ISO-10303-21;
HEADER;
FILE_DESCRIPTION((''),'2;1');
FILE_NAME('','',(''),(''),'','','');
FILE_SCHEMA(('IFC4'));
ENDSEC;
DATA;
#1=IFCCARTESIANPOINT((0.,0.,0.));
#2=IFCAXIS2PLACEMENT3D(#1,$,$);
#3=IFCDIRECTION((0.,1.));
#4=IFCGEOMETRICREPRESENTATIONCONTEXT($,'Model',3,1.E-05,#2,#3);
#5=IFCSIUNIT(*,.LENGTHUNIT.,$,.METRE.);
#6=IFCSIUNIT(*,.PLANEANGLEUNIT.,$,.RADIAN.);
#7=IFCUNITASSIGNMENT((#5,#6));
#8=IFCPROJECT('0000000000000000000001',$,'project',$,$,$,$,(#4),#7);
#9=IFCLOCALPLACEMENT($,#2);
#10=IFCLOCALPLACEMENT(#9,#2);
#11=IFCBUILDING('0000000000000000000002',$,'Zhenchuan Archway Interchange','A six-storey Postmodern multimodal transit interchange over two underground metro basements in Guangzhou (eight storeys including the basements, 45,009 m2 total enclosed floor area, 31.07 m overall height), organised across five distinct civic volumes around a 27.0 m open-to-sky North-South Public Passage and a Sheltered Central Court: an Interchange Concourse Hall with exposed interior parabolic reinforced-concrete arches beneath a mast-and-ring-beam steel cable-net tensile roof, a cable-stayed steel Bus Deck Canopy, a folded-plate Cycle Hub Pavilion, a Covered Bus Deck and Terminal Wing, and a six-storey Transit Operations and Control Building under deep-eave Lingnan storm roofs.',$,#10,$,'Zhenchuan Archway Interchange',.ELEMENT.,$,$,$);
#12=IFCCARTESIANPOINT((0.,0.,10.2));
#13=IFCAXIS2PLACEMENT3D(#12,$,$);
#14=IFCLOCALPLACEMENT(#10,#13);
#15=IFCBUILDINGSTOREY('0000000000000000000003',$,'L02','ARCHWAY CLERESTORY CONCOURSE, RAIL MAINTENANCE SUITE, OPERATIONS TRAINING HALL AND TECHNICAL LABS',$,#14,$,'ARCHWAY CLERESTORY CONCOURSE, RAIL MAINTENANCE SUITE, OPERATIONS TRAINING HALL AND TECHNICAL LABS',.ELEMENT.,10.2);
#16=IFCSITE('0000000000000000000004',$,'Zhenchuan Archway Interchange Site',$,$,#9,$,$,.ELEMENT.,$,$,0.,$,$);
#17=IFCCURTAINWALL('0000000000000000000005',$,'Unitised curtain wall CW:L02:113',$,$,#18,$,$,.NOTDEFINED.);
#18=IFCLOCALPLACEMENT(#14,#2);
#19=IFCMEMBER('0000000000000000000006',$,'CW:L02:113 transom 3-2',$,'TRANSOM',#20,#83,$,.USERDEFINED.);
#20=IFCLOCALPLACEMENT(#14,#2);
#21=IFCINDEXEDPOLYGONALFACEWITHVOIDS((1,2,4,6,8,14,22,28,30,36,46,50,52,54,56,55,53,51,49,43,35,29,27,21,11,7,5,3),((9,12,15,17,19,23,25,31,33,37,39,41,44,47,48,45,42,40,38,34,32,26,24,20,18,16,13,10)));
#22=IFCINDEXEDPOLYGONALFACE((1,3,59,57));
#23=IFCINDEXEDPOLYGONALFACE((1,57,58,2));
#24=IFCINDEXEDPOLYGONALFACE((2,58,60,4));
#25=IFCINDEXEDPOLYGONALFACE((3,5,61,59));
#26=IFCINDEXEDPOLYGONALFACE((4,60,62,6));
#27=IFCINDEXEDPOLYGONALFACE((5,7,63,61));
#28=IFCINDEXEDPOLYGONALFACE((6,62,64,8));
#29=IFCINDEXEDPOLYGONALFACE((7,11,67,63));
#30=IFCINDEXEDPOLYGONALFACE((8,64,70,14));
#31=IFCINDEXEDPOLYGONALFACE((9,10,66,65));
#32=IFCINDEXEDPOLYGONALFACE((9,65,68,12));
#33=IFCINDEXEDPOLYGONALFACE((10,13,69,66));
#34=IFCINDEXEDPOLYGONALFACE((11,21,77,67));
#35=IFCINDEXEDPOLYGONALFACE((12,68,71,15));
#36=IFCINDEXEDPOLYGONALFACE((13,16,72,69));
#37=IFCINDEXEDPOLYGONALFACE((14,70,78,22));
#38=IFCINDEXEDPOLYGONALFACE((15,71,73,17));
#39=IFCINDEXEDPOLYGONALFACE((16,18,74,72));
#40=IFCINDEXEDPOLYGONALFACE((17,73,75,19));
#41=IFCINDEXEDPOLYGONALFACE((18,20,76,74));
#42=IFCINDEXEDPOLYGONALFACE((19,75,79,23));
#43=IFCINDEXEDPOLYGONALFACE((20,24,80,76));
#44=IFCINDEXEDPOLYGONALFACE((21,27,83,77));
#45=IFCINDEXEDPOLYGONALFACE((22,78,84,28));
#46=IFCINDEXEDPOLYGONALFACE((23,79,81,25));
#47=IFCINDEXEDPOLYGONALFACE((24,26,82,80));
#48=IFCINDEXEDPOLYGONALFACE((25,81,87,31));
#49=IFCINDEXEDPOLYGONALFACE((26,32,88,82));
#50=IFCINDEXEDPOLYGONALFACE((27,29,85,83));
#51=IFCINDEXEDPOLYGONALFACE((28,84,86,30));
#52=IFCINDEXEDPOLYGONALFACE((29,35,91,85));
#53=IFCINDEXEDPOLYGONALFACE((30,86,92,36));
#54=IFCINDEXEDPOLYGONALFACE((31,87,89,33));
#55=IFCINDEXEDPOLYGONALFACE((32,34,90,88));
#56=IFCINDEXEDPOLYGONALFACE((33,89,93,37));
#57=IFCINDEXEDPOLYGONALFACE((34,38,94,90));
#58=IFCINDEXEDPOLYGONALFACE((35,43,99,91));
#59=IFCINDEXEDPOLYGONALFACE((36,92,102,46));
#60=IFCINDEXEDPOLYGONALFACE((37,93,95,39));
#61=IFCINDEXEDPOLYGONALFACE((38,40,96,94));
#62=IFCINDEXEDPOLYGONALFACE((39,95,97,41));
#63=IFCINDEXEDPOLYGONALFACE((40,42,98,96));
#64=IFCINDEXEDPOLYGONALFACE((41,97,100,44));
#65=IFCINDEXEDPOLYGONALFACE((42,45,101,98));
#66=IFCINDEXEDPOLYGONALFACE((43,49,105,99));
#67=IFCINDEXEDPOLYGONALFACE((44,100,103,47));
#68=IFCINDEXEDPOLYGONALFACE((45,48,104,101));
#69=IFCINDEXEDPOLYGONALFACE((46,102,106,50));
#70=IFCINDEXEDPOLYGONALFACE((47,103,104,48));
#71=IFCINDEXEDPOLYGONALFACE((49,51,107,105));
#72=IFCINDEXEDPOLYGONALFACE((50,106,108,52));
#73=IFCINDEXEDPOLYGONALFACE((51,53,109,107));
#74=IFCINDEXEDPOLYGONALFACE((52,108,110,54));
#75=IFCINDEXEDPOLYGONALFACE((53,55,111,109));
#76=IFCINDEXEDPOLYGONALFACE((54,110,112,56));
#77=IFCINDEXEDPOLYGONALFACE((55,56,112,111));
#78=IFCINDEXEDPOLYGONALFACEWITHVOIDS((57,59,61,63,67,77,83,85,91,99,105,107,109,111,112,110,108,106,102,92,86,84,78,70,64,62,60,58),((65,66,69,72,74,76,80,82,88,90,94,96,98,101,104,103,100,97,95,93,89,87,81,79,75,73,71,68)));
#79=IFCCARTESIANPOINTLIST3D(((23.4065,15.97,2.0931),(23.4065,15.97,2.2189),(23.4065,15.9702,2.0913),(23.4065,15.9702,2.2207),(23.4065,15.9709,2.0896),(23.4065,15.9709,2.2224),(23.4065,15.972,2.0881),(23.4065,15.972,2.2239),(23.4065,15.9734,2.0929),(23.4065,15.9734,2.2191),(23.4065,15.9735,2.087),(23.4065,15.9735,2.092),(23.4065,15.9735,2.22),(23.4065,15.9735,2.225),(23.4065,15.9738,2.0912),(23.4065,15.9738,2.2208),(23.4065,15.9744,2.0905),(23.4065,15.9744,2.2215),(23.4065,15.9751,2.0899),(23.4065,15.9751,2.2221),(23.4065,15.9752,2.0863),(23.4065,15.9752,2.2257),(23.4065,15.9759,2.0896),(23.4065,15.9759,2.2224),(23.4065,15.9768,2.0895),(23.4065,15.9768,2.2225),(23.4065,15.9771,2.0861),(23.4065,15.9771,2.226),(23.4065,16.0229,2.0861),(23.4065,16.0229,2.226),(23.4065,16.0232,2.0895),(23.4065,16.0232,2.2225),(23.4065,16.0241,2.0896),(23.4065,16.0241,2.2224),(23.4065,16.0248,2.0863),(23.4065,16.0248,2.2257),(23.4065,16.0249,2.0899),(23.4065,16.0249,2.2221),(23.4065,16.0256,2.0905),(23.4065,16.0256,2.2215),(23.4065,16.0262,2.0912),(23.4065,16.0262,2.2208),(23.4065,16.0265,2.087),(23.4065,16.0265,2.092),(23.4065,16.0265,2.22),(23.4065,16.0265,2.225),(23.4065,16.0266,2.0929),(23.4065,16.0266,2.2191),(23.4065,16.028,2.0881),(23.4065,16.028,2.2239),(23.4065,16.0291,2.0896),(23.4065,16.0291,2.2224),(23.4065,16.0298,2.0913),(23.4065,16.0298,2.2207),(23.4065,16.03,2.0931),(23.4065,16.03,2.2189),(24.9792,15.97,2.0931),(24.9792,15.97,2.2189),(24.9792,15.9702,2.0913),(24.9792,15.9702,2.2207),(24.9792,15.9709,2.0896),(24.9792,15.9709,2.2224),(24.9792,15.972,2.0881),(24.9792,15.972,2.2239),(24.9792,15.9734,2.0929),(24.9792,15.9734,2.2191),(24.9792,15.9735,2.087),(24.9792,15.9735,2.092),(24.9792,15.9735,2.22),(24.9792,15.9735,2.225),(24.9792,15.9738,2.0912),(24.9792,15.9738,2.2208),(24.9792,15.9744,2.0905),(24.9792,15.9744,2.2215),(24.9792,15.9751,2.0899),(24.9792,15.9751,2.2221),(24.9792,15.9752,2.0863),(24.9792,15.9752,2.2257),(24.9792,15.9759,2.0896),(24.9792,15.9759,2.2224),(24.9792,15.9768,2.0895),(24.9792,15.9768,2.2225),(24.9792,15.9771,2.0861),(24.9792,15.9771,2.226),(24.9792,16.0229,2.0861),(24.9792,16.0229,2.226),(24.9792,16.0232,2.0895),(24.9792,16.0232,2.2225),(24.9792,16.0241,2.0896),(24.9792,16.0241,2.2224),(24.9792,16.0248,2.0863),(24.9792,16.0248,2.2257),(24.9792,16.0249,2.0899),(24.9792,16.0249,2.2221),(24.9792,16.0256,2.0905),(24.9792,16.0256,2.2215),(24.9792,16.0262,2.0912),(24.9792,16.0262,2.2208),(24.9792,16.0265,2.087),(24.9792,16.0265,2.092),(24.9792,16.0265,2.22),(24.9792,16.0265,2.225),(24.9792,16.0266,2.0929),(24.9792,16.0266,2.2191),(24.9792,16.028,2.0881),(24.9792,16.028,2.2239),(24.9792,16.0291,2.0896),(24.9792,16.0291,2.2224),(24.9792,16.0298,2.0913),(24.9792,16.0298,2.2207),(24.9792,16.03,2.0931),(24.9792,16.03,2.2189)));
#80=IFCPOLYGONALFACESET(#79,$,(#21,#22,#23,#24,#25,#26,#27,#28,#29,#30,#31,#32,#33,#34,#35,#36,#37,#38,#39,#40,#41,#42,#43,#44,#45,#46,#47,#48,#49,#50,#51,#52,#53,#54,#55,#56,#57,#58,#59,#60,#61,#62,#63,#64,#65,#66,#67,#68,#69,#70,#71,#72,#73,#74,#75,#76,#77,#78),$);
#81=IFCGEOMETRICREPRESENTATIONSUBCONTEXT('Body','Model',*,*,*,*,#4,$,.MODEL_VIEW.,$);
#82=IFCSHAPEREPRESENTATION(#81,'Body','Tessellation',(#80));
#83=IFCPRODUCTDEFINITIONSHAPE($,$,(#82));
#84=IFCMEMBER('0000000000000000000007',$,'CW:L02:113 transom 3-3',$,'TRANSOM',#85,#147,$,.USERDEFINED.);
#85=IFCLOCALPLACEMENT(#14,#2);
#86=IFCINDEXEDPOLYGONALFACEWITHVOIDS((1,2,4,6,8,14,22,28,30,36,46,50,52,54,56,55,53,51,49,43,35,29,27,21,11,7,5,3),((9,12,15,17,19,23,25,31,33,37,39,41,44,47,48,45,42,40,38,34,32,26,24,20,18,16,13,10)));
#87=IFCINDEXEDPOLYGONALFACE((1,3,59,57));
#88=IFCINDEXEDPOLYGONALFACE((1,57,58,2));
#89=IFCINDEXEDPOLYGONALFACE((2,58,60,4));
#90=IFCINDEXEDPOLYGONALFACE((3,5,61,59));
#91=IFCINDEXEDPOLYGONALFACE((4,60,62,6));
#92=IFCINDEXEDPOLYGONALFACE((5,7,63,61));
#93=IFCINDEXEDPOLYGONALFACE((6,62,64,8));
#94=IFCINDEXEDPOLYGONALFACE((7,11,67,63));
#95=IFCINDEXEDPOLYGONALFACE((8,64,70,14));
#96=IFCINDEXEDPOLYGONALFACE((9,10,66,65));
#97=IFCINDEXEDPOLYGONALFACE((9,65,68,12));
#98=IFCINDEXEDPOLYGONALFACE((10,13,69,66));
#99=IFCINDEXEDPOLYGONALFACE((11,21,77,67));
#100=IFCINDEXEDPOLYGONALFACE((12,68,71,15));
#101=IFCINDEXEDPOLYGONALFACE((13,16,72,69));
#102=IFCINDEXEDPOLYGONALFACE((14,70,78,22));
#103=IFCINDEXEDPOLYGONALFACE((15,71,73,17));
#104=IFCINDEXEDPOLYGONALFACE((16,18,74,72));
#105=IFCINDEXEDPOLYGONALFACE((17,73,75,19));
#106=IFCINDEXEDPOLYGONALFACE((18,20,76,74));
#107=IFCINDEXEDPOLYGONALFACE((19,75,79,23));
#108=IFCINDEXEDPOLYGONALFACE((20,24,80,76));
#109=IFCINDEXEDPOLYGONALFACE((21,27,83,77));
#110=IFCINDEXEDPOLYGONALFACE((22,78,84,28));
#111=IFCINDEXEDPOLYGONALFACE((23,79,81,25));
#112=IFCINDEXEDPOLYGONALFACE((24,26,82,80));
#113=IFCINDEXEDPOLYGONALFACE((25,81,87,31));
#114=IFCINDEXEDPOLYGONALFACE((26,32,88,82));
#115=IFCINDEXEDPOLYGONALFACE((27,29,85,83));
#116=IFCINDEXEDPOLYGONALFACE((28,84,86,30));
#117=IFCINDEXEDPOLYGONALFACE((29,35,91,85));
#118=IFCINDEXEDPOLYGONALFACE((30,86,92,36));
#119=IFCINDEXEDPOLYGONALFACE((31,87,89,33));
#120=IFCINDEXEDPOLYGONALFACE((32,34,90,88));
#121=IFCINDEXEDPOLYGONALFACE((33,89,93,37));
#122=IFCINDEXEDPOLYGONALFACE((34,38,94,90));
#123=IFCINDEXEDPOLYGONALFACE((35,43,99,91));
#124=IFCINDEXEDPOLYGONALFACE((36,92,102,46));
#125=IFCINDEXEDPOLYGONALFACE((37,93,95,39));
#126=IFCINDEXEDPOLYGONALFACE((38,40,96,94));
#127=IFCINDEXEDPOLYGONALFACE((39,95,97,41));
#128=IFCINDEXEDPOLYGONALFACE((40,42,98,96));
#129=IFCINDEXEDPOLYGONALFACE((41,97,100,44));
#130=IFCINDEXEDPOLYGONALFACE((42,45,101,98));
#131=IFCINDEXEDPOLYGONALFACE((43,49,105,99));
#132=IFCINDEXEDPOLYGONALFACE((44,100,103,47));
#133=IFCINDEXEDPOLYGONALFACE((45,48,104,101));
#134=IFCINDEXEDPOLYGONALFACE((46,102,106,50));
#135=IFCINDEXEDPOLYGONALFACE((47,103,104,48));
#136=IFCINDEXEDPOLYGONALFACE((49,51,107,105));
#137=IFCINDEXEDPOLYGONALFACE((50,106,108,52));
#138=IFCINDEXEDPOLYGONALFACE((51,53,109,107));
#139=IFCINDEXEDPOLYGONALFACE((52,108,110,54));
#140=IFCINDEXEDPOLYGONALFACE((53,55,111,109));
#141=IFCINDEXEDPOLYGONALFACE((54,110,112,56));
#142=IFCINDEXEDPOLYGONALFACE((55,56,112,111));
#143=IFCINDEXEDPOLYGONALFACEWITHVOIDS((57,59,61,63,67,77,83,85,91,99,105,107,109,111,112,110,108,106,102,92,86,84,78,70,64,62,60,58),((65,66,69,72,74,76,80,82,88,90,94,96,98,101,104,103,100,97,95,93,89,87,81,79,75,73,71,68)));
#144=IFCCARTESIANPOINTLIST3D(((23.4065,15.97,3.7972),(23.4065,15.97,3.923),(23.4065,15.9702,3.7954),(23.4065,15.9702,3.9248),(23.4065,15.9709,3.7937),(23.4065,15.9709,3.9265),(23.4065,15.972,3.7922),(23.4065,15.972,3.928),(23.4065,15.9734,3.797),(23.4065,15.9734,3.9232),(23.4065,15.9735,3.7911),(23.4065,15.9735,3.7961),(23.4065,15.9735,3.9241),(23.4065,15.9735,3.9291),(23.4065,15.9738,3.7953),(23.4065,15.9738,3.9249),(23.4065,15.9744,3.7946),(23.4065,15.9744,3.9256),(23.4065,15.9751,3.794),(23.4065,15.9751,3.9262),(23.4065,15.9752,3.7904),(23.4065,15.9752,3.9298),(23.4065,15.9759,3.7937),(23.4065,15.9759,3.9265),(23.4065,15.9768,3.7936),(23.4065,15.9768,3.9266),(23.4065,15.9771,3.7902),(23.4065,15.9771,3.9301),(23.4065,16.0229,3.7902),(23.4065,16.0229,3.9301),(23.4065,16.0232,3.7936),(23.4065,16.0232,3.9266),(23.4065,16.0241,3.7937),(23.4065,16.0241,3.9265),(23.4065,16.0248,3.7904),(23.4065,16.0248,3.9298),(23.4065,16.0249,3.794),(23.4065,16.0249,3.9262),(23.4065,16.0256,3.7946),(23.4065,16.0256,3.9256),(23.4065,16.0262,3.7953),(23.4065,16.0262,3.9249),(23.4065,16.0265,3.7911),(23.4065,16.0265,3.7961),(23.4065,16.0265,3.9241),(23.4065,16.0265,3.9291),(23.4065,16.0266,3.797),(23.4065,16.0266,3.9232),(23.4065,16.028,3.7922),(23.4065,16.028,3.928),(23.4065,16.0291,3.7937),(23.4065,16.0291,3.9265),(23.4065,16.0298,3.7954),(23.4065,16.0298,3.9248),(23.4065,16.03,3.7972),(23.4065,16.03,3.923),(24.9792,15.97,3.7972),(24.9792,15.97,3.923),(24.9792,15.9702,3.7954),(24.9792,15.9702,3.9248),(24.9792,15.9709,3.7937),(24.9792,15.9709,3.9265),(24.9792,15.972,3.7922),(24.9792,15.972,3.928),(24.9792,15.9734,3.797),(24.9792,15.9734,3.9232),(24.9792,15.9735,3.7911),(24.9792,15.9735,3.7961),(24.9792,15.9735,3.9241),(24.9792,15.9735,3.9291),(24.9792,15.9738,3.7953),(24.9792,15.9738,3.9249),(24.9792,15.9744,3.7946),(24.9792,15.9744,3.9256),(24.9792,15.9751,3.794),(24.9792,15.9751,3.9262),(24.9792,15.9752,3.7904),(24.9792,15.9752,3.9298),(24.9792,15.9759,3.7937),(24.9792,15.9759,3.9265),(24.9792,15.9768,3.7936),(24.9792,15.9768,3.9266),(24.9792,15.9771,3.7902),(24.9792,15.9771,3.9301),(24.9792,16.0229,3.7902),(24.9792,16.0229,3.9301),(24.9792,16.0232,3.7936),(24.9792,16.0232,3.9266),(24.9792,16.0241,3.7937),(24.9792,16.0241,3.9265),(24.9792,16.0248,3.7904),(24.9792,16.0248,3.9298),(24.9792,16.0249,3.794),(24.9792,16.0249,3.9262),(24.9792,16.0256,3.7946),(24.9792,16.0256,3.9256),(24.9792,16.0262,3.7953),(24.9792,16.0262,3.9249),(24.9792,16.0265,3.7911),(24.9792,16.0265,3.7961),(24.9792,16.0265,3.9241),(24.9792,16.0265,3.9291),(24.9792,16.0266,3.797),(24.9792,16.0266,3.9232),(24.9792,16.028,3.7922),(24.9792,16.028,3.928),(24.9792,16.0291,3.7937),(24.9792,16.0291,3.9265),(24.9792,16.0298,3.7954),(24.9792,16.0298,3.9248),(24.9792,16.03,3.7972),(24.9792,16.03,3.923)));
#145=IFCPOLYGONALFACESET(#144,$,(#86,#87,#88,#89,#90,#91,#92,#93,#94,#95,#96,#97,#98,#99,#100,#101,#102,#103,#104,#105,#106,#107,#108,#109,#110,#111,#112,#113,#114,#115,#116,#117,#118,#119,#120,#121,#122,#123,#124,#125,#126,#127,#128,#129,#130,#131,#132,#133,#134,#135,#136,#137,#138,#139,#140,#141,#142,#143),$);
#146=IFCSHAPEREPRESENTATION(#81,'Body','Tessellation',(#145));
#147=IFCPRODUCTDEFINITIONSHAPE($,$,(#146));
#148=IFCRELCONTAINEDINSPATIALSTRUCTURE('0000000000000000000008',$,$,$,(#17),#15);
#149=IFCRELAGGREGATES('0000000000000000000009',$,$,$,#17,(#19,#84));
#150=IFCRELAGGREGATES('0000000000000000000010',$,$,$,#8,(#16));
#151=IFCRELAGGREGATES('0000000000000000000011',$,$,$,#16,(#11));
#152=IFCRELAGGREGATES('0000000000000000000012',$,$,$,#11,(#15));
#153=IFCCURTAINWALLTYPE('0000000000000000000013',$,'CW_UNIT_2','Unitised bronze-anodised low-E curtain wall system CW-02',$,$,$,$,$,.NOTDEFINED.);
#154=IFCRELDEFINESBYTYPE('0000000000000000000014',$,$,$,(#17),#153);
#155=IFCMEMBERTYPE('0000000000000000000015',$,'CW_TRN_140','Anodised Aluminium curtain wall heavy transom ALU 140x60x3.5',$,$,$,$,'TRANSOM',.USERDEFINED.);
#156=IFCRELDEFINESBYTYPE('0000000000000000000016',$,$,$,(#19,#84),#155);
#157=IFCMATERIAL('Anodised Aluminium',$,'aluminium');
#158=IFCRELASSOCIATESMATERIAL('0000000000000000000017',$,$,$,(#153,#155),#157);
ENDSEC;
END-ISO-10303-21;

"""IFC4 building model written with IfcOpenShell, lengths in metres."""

from ifc_helpers import new_model, si_unit, direction, frame, origin, origin_2d, place, context, subcontext, project, spatial, hollow_rectangle, extrude, material, material_profile, profile_set, type_object, element, aggregate, save


model = new_model("IFC4")

# Units and contexts
model_context = context("Model", 3, precision=1e-05, world=origin(), true_north=direction((0.0, 1.0)))
body_context = subcontext(model_context, "Body", "Model", "MODEL_VIEW")
ifc_project = project(units=[si_unit("LENGTHUNIT", "METRE"), si_unit("PLANEANGLEUNIT", "RADIAN")], contexts=[model_context])

# Site, building, storey
site_placement = place(None, origin())
site = spatial("IfcSite", under=ifc_project, at=site_placement, Name="Zhenchuan Archway Interchange Site", CompositionType="ELEMENT", RefElevation=0.0)
building_placement = place(site_placement, origin())
building = spatial("IfcBuilding", under=site, at=building_placement, Name="Zhenchuan Archway Interchange", Description="A six-storey Postmodern multimodal transit interchange over two underground metro basements in Guangzhou (eight storeys including the basements, 45,009 m2 total enclosed floor area, 31.07 m overall height), organised across five distinct civic volumes around a 27.0 m open-to-sky North-South Public Passage and a Sheltered Central Court: an Interchange Concourse Hall with exposed interior parabolic reinforced-concrete arches beneath a mast-and-ring-beam steel cable-net tensile roof, a cable-stayed steel Bus Deck Canopy, a folded-plate Cycle Hub Pavilion, a Covered Bus Deck and Terminal Wing, and a six-storey Transit Operations and Control Building under deep-eave Lingnan storm roofs.", LongName="Zhenchuan Archway Interchange", CompositionType="ELEMENT")
storey_placement = place(building_placement, frame((0.0, 0.0, 10.2)))
storey = spatial("IfcBuildingStorey", under=building, at=storey_placement, Name="L02", Description="ARCHWAY CLERESTORY CONCOURSE, RAIL MAINTENANCE SUITE, OPERATIONS TRAINING HALL AND TECHNICAL LABS", LongName="ARCHWAY CLERESTORY CONCOURSE, RAIL MAINTENANCE SUITE, OPERATIONS TRAINING HALL AND TECHNICAL LABS", CompositionType="ELEMENT", Elevation=10.2)

# Curtain wall, members
ifc_material_1 = material(Name="Anodised Aluminium", Category="aluminium")
curtain_wall_type = type_object("IfcCurtainWallType", Name="CW_UNIT_2", Description="Unitised bronze-anodised low-E curtain wall system CW-02", PredefinedType="NOTDEFINED", material=ifc_material_1)
curtain_wall_placement = place(storey_placement, origin())
curtain_wall = element("IfcCurtainWall", 1, at=curtain_wall_placement, inside=storey, type_object=curtain_wall_type, Name="Unitised curtain wall CW:L02:113", PredefinedType="NOTDEFINED")
ifc_material_profile_1 = material_profile(ifc_material_1, hollow_rectangle(XDim=0.0601, YDim=0.1399, WallThickness=0.0034, InnerFilletRadius=0.0034, OuterFilletRadius=0.0071, at=origin_2d()), Name="ALU 140x60x3.5")
ifc_profile_set_1 = profile_set([ifc_material_profile_1], Name="Anodised Aluminium")
member_type_1 = type_object("IfcMemberType", Name="CW_TRN_140", Description="Anodised Aluminium curtain wall heavy transom ALU 140x60x3.5", ElementType="TRANSOM", PredefinedType="USERDEFINED", material=ifc_profile_set_1)
member_1_placement = place(storey_placement, frame((23.4065, 16.0, 2.156), z_axis=(1.0, 0.0, 0.0), x_axis=(0.0, 1.0, 0.0)))
member_1 = element("IfcMember", 2, at=member_1_placement, type_object=member_type_1, Name="CW:L02:113 transom 3-2", ObjectType="TRANSOM", PredefinedType="USERDEFINED", context=body_context, shape_type="SweptSolid", body=[
    extrude(hollow_rectangle(XDim=0.0601, YDim=0.1399, WallThickness=0.0034, InnerFilletRadius=0.0034, OuterFilletRadius=0.0071, at=origin_2d()), origin(), (0.0, 0.0, 1.0), 1.5728),
])
member_2_placement = place(storey_placement, frame((23.4065, 16.0, 3.8601), z_axis=(1.0, 0.0, 0.0), x_axis=(0.0, 1.0, 0.0)))
member_2 = element("IfcMember", 3, at=member_2_placement, type_object=member_type_1, Name="CW:L02:113 transom 3-3", ObjectType="TRANSOM", PredefinedType="USERDEFINED", context=body_context, shape_type="SweptSolid", body=[
    extrude(hollow_rectangle(XDim=0.0601, YDim=0.1399, WallThickness=0.0034, InnerFilletRadius=0.0034, OuterFilletRadius=0.0071, at=origin_2d()), origin(), (0.0, 0.0, 1.0), 1.5728),
])

aggregate(curtain_wall, [member_1, member_2])

save(model, "model.ifc")
